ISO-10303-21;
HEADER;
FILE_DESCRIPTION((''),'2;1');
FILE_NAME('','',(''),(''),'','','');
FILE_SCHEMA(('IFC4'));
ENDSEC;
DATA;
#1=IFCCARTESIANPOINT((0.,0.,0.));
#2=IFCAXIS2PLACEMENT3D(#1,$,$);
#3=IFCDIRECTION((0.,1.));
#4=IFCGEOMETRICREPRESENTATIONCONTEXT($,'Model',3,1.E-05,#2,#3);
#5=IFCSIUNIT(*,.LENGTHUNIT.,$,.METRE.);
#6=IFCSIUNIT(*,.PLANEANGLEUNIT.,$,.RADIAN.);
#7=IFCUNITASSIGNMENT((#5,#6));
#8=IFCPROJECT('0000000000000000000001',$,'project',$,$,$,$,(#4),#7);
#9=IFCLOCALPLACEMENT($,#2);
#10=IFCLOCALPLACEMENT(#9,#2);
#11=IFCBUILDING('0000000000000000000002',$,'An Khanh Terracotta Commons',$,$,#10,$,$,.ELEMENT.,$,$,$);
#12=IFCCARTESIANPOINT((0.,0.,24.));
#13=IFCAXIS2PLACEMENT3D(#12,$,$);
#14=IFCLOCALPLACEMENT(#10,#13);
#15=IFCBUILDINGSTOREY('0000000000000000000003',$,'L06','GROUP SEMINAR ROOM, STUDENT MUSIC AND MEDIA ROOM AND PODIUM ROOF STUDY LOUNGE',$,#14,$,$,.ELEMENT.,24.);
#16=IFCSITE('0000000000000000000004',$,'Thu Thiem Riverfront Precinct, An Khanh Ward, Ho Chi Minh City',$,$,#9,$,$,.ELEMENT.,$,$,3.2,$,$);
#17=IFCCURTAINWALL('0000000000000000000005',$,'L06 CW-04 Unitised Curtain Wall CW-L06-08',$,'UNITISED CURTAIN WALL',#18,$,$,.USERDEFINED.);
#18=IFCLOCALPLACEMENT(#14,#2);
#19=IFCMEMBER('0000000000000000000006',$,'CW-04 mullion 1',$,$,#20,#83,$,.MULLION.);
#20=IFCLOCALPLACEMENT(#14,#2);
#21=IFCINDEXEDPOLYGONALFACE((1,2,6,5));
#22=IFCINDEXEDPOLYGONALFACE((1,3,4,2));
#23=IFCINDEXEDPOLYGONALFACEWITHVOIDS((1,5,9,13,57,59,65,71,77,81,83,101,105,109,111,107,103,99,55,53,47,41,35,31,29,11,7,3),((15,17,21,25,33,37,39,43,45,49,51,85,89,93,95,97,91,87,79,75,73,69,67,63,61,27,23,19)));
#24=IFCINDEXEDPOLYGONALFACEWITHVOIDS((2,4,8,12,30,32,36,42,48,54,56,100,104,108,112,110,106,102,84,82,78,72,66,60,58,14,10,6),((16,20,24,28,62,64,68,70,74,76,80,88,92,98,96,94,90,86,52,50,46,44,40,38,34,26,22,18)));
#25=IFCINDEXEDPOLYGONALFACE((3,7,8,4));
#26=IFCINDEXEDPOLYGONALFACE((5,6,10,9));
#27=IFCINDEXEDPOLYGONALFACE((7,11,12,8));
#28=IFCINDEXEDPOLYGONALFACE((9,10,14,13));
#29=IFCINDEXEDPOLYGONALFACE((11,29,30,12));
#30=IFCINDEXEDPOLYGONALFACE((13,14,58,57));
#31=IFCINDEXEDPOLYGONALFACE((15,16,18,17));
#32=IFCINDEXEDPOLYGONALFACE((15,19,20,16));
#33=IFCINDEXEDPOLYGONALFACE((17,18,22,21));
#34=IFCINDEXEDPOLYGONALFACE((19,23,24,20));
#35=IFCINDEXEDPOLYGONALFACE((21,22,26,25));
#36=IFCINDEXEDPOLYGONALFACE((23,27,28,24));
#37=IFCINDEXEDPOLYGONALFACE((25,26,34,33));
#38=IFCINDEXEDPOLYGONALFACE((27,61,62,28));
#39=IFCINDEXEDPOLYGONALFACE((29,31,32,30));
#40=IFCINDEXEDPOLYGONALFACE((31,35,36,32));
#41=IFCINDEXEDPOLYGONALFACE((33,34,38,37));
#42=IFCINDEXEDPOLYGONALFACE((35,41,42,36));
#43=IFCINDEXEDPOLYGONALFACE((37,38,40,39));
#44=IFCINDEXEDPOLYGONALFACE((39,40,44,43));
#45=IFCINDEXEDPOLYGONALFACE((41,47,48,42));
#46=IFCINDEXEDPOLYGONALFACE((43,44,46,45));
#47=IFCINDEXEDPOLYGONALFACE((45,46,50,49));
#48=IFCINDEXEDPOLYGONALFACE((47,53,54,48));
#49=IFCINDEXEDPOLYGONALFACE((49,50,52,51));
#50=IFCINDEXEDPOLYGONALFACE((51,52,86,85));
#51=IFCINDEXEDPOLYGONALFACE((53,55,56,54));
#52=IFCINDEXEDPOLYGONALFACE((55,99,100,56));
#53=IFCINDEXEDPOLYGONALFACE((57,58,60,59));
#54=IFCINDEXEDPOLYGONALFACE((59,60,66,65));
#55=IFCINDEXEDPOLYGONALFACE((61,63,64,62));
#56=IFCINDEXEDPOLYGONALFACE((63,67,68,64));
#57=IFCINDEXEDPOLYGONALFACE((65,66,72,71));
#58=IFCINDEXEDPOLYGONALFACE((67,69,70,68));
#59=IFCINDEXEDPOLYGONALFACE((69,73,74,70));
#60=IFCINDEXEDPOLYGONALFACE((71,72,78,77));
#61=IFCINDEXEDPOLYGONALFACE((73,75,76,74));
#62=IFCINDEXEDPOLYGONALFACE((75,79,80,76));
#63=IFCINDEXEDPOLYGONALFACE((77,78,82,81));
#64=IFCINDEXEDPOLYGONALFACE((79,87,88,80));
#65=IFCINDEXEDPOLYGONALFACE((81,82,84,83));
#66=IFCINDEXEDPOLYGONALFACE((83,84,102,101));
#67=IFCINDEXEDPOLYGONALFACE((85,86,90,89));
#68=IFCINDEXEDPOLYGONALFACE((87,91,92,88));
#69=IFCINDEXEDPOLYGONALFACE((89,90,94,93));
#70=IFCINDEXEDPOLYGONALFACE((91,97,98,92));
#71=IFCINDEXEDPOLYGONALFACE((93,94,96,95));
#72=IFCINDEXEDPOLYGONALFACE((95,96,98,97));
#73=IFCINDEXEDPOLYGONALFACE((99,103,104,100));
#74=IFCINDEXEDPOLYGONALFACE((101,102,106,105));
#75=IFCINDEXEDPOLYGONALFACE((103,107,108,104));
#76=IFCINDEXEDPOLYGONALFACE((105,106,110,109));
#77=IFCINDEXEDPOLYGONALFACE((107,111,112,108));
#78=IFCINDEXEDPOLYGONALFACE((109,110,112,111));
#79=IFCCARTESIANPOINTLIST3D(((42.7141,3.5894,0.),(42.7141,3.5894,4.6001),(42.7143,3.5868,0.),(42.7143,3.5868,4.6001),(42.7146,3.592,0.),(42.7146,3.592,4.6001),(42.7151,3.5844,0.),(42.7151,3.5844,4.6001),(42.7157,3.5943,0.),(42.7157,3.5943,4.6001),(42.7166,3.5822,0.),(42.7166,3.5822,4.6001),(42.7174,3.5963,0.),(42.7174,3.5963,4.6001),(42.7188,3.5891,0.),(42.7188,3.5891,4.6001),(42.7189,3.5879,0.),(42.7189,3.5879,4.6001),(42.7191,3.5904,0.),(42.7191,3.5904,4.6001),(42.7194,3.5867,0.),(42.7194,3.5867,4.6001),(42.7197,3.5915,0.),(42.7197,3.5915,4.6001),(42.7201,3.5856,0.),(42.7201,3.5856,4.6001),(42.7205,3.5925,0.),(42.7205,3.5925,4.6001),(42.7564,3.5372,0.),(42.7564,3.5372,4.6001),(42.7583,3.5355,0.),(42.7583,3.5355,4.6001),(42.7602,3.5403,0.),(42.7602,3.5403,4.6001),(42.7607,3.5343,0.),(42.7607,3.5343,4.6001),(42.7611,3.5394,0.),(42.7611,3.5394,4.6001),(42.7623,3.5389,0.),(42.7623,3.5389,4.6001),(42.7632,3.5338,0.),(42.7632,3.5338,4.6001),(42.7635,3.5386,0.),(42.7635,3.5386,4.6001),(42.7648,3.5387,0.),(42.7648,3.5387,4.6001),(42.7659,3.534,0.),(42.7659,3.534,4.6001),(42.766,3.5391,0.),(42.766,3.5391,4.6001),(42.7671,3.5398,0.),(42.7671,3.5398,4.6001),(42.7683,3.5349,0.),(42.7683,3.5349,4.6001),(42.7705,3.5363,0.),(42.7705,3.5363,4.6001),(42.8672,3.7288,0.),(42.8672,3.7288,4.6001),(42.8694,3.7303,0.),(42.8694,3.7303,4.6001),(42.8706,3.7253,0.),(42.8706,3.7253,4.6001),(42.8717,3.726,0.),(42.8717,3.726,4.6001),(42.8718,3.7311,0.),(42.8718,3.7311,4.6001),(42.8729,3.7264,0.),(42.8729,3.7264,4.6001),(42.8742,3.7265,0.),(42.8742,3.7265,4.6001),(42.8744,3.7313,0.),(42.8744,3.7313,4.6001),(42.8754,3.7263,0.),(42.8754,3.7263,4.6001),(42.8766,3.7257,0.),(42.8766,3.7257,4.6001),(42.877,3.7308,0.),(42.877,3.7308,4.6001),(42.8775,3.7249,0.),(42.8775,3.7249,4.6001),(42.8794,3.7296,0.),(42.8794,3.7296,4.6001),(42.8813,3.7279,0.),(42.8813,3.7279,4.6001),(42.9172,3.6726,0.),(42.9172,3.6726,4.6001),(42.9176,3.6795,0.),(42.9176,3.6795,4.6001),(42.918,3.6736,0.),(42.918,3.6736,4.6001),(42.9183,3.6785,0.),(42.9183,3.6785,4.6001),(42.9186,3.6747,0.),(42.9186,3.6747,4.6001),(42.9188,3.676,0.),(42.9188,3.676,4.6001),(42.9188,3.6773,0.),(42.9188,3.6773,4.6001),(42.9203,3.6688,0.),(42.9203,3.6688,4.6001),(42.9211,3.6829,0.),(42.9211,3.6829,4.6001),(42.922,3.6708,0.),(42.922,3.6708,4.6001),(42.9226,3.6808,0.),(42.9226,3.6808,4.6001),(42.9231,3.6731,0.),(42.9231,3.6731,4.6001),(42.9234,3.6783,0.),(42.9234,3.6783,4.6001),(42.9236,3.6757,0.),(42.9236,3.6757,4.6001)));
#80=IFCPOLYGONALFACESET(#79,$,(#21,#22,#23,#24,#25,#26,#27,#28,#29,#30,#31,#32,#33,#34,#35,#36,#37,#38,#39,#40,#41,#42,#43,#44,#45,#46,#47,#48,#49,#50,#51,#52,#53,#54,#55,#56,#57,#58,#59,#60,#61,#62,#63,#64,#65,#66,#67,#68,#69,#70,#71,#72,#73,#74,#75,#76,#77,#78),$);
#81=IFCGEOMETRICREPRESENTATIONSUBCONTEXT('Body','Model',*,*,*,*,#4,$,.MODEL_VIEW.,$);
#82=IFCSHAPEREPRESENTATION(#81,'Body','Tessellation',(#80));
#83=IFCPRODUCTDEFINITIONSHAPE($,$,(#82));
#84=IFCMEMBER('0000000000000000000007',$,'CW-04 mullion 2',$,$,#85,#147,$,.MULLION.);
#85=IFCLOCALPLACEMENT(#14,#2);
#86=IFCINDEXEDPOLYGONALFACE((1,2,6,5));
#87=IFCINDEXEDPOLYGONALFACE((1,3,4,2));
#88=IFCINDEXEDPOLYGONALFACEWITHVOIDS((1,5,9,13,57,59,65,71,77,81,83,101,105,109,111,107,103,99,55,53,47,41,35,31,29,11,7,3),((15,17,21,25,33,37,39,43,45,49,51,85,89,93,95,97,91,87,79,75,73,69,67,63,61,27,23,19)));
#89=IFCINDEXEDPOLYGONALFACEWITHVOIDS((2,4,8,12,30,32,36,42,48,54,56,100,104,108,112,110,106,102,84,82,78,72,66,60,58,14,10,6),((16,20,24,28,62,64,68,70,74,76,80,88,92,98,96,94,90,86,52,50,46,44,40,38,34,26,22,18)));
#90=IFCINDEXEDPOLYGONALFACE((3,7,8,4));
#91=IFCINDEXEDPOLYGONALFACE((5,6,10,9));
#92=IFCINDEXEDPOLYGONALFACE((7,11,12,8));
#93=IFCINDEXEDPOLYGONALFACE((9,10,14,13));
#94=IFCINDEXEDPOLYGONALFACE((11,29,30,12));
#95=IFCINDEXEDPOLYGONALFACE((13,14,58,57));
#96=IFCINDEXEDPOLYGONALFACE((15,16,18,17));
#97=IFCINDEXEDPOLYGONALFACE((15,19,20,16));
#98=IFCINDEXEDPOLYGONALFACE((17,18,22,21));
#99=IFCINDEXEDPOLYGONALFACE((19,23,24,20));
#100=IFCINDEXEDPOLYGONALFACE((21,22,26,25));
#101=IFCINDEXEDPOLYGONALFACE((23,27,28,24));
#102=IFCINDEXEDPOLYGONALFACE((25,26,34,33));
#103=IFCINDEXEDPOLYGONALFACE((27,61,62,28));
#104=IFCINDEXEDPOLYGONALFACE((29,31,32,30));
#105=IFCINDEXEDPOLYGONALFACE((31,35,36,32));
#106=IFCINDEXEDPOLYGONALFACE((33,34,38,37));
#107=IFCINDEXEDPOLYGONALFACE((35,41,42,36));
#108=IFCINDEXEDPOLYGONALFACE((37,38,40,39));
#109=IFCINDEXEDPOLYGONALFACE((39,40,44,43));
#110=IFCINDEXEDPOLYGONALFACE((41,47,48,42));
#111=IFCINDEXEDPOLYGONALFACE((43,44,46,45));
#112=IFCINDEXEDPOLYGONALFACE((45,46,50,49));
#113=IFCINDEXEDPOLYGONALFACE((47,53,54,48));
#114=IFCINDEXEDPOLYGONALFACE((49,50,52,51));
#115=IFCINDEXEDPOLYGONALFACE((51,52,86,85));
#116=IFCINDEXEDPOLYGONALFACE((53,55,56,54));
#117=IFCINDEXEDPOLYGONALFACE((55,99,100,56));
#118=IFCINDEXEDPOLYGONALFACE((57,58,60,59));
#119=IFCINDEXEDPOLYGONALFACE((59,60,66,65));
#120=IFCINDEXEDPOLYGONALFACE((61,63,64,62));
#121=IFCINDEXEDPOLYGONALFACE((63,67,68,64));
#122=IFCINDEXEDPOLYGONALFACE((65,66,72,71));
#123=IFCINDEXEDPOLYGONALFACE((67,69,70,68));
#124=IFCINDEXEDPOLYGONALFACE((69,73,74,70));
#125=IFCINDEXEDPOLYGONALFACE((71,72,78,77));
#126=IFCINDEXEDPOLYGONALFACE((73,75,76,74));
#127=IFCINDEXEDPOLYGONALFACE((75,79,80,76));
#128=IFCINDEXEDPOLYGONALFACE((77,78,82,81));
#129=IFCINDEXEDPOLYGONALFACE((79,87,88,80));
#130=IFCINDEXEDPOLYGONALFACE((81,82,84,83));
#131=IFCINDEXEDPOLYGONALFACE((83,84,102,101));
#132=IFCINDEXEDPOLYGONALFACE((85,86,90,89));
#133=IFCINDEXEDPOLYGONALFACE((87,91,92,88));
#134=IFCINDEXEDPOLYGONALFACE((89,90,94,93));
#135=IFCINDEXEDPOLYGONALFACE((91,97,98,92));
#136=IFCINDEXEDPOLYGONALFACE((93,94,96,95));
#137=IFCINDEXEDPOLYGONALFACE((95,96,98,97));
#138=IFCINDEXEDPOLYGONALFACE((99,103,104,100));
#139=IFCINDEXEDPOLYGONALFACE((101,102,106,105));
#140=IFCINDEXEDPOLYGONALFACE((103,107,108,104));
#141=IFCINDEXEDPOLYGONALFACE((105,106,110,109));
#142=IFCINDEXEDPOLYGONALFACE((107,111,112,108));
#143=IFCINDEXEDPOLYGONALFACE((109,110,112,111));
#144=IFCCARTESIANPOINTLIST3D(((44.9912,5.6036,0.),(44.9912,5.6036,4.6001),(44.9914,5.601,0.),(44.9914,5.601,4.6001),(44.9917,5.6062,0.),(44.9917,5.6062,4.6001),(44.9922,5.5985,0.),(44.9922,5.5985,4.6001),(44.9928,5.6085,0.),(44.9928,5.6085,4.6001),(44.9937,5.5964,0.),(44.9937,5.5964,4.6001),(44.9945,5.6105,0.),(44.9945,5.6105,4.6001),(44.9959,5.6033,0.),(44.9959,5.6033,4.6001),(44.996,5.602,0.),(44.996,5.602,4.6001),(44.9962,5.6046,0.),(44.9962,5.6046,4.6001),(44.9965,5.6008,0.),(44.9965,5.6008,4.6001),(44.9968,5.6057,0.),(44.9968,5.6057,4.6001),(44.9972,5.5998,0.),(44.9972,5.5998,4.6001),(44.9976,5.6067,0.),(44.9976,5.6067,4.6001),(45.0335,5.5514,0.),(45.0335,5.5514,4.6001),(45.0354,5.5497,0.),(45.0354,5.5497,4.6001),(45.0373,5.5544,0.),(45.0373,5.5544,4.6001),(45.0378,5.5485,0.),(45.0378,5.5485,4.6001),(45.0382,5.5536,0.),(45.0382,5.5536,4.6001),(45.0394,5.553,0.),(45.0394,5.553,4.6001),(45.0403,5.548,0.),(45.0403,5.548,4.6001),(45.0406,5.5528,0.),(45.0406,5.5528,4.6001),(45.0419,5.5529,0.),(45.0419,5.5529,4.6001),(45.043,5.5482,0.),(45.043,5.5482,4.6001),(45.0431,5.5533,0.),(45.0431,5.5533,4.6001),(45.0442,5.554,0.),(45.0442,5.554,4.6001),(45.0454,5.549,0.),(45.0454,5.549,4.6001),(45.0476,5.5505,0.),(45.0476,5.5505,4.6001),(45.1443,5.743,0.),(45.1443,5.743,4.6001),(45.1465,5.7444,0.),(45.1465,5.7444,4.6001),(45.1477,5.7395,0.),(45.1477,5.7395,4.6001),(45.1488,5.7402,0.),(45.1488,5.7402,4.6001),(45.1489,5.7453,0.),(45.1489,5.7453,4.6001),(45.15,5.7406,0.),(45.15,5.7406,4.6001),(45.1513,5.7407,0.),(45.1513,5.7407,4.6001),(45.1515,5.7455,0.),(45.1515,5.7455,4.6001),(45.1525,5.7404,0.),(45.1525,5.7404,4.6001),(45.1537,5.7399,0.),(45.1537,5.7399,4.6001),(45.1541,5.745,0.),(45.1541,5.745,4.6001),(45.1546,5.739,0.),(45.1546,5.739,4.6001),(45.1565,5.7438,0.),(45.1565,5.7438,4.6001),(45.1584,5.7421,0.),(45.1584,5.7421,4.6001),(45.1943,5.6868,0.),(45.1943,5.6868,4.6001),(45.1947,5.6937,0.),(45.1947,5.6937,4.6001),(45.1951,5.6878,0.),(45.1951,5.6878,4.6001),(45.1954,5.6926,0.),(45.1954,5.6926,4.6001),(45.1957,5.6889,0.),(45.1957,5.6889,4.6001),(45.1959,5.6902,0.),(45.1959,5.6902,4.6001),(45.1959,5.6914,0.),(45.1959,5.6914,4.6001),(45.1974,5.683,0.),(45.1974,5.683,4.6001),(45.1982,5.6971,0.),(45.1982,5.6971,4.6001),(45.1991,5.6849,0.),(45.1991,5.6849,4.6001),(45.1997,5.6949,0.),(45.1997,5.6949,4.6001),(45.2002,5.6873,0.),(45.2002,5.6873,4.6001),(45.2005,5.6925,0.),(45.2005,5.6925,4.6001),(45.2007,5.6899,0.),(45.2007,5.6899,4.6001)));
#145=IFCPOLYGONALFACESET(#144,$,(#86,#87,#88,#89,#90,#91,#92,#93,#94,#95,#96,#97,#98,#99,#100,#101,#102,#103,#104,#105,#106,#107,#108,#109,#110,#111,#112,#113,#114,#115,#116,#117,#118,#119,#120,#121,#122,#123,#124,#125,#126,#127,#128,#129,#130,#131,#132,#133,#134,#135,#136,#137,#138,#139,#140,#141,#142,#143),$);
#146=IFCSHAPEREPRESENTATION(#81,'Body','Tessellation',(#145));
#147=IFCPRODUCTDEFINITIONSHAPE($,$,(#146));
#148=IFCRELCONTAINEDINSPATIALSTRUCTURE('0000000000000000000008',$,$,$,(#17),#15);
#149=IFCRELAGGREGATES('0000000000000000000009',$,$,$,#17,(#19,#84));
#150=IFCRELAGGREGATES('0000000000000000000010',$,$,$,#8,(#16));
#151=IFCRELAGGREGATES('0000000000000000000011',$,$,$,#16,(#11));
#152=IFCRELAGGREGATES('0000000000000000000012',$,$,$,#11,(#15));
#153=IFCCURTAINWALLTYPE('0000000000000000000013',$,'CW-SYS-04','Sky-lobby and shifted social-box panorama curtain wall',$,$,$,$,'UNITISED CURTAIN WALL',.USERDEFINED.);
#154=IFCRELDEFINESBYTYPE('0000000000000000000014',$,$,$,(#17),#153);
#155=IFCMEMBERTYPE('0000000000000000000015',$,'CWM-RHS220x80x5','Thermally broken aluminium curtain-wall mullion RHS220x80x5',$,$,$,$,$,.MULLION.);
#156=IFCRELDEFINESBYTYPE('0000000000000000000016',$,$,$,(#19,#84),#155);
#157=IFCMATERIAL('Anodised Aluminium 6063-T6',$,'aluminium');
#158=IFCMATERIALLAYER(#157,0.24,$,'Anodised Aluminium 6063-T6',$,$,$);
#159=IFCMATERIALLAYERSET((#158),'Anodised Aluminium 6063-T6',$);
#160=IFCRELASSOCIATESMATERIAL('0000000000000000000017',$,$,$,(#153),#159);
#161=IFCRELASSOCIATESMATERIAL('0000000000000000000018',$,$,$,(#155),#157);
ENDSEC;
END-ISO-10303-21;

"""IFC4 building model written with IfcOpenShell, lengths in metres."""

from ifc_helpers import new_model, si_unit, direction, frame, origin, origin_2d, place, context, subcontext, project, spatial, hollow_rectangle, extrude, material, layer, layer_set, material_profile, profile_set, type_object, element, aggregate, save


model = new_model("IFC4")

# Units and contexts
model_context = context("Model", 3, precision=1e-05, world=origin(), true_north=direction((0.0, 1.0)))
body_context = subcontext(model_context, "Body", "Model", "MODEL_VIEW")
ifc_project = project(units=[si_unit("LENGTHUNIT", "METRE"), si_unit("PLANEANGLEUNIT", "RADIAN")], contexts=[model_context])

# Site, building, storey
site_placement = place(None, origin())
site = spatial("IfcSite", under=ifc_project, at=site_placement, Name="Thu Thiem Riverfront Precinct, An Khanh Ward, Ho Chi Minh City", CompositionType="ELEMENT", RefElevation=3.2)
building_placement = place(site_placement, origin())
building = spatial("IfcBuilding", under=site, at=building_placement, Name="An Khanh Terracotta Commons", CompositionType="ELEMENT")
storey_placement = place(building_placement, frame((0.0, 0.0, 24.0)))
storey = spatial("IfcBuildingStorey", under=building, at=storey_placement, Name="L06", Description="GROUP SEMINAR ROOM, STUDENT MUSIC AND MEDIA ROOM AND PODIUM ROOF STUDY LOUNGE", CompositionType="ELEMENT", Elevation=24.0)

# Curtain wall, members
ifc_material_1 = material(Name="Anodised Aluminium 6063-T6", Category="aluminium")
ifc_layer_1 = layer(ifc_material_1, 0.24, Name="Anodised Aluminium 6063-T6")
ifc_layer_set_1 = layer_set([ifc_layer_1], Name="Anodised Aluminium 6063-T6")
curtain_wall_type = type_object("IfcCurtainWallType", Name="CW-SYS-04", Description="Sky-lobby and shifted social-box panorama curtain wall", ElementType="UNITISED CURTAIN WALL", PredefinedType="USERDEFINED", material=ifc_layer_set_1)
curtain_wall_placement = place(storey_placement, origin())
curtain_wall = element("IfcCurtainWall", 1, at=curtain_wall_placement, inside=storey, type_object=curtain_wall_type, Name="L06 CW-04 Unitised Curtain Wall CW-L06-08", ObjectType="UNITISED CURTAIN WALL", PredefinedType="USERDEFINED")
ifc_material_profile_1 = material_profile(ifc_material_1, hollow_rectangle(XDim=0.0801, YDim=0.22, WallThickness=0.0049, InnerFilletRadius=0.0049, OuterFilletRadius=0.01, at=origin_2d()), Name="RHS220x80x5")
ifc_profile_set_1 = profile_set([ifc_material_profile_1], Name="Anodised Aluminium 6063-T6")
member_type_1 = type_object("IfcMemberType", Name="CWM-RHS220x80x5", Description="Thermally broken aluminium curtain-wall mullion RHS220x80x5", PredefinedType="MULLION", material=ifc_profile_set_1)
member_1_placement = place(storey_placement, frame((42.8188, 3.6326, 0.0), z_axis=(0.0, 0.0, 1.0), x_axis=(-0.662548, 0.749019, 0.0)))
member_1 = element("IfcMember", 2, at=member_1_placement, type_object=member_type_1, Name="CW-04 mullion 1", PredefinedType="MULLION", context=body_context, shape_type="SweptSolid", body=[
    extrude(hollow_rectangle(XDim=0.0801, YDim=0.22, WallThickness=0.0049, InnerFilletRadius=0.0049, OuterFilletRadius=0.01, at=origin_2d()), origin(), (0.0, 0.0, 1.0), 4.6001),
])
member_2_placement = place(storey_placement, frame((45.0959, 5.6467, 0.0), z_axis=(0.0, 0.0, 1.0), x_axis=(-0.662548, 0.749019, 0.0)))
member_2 = element("IfcMember", 3, at=member_2_placement, type_object=member_type_1, Name="CW-04 mullion 2", PredefinedType="MULLION", context=body_context, shape_type="SweptSolid", body=[
    extrude(hollow_rectangle(XDim=0.0801, YDim=0.22, WallThickness=0.0049, InnerFilletRadius=0.0049, OuterFilletRadius=0.01, at=origin_2d()), origin(), (0.0, 0.0, 1.0), 4.6001),
])
aggregate(curtain_wall, [member_1, member_2])

save(model, "model.ifc")
